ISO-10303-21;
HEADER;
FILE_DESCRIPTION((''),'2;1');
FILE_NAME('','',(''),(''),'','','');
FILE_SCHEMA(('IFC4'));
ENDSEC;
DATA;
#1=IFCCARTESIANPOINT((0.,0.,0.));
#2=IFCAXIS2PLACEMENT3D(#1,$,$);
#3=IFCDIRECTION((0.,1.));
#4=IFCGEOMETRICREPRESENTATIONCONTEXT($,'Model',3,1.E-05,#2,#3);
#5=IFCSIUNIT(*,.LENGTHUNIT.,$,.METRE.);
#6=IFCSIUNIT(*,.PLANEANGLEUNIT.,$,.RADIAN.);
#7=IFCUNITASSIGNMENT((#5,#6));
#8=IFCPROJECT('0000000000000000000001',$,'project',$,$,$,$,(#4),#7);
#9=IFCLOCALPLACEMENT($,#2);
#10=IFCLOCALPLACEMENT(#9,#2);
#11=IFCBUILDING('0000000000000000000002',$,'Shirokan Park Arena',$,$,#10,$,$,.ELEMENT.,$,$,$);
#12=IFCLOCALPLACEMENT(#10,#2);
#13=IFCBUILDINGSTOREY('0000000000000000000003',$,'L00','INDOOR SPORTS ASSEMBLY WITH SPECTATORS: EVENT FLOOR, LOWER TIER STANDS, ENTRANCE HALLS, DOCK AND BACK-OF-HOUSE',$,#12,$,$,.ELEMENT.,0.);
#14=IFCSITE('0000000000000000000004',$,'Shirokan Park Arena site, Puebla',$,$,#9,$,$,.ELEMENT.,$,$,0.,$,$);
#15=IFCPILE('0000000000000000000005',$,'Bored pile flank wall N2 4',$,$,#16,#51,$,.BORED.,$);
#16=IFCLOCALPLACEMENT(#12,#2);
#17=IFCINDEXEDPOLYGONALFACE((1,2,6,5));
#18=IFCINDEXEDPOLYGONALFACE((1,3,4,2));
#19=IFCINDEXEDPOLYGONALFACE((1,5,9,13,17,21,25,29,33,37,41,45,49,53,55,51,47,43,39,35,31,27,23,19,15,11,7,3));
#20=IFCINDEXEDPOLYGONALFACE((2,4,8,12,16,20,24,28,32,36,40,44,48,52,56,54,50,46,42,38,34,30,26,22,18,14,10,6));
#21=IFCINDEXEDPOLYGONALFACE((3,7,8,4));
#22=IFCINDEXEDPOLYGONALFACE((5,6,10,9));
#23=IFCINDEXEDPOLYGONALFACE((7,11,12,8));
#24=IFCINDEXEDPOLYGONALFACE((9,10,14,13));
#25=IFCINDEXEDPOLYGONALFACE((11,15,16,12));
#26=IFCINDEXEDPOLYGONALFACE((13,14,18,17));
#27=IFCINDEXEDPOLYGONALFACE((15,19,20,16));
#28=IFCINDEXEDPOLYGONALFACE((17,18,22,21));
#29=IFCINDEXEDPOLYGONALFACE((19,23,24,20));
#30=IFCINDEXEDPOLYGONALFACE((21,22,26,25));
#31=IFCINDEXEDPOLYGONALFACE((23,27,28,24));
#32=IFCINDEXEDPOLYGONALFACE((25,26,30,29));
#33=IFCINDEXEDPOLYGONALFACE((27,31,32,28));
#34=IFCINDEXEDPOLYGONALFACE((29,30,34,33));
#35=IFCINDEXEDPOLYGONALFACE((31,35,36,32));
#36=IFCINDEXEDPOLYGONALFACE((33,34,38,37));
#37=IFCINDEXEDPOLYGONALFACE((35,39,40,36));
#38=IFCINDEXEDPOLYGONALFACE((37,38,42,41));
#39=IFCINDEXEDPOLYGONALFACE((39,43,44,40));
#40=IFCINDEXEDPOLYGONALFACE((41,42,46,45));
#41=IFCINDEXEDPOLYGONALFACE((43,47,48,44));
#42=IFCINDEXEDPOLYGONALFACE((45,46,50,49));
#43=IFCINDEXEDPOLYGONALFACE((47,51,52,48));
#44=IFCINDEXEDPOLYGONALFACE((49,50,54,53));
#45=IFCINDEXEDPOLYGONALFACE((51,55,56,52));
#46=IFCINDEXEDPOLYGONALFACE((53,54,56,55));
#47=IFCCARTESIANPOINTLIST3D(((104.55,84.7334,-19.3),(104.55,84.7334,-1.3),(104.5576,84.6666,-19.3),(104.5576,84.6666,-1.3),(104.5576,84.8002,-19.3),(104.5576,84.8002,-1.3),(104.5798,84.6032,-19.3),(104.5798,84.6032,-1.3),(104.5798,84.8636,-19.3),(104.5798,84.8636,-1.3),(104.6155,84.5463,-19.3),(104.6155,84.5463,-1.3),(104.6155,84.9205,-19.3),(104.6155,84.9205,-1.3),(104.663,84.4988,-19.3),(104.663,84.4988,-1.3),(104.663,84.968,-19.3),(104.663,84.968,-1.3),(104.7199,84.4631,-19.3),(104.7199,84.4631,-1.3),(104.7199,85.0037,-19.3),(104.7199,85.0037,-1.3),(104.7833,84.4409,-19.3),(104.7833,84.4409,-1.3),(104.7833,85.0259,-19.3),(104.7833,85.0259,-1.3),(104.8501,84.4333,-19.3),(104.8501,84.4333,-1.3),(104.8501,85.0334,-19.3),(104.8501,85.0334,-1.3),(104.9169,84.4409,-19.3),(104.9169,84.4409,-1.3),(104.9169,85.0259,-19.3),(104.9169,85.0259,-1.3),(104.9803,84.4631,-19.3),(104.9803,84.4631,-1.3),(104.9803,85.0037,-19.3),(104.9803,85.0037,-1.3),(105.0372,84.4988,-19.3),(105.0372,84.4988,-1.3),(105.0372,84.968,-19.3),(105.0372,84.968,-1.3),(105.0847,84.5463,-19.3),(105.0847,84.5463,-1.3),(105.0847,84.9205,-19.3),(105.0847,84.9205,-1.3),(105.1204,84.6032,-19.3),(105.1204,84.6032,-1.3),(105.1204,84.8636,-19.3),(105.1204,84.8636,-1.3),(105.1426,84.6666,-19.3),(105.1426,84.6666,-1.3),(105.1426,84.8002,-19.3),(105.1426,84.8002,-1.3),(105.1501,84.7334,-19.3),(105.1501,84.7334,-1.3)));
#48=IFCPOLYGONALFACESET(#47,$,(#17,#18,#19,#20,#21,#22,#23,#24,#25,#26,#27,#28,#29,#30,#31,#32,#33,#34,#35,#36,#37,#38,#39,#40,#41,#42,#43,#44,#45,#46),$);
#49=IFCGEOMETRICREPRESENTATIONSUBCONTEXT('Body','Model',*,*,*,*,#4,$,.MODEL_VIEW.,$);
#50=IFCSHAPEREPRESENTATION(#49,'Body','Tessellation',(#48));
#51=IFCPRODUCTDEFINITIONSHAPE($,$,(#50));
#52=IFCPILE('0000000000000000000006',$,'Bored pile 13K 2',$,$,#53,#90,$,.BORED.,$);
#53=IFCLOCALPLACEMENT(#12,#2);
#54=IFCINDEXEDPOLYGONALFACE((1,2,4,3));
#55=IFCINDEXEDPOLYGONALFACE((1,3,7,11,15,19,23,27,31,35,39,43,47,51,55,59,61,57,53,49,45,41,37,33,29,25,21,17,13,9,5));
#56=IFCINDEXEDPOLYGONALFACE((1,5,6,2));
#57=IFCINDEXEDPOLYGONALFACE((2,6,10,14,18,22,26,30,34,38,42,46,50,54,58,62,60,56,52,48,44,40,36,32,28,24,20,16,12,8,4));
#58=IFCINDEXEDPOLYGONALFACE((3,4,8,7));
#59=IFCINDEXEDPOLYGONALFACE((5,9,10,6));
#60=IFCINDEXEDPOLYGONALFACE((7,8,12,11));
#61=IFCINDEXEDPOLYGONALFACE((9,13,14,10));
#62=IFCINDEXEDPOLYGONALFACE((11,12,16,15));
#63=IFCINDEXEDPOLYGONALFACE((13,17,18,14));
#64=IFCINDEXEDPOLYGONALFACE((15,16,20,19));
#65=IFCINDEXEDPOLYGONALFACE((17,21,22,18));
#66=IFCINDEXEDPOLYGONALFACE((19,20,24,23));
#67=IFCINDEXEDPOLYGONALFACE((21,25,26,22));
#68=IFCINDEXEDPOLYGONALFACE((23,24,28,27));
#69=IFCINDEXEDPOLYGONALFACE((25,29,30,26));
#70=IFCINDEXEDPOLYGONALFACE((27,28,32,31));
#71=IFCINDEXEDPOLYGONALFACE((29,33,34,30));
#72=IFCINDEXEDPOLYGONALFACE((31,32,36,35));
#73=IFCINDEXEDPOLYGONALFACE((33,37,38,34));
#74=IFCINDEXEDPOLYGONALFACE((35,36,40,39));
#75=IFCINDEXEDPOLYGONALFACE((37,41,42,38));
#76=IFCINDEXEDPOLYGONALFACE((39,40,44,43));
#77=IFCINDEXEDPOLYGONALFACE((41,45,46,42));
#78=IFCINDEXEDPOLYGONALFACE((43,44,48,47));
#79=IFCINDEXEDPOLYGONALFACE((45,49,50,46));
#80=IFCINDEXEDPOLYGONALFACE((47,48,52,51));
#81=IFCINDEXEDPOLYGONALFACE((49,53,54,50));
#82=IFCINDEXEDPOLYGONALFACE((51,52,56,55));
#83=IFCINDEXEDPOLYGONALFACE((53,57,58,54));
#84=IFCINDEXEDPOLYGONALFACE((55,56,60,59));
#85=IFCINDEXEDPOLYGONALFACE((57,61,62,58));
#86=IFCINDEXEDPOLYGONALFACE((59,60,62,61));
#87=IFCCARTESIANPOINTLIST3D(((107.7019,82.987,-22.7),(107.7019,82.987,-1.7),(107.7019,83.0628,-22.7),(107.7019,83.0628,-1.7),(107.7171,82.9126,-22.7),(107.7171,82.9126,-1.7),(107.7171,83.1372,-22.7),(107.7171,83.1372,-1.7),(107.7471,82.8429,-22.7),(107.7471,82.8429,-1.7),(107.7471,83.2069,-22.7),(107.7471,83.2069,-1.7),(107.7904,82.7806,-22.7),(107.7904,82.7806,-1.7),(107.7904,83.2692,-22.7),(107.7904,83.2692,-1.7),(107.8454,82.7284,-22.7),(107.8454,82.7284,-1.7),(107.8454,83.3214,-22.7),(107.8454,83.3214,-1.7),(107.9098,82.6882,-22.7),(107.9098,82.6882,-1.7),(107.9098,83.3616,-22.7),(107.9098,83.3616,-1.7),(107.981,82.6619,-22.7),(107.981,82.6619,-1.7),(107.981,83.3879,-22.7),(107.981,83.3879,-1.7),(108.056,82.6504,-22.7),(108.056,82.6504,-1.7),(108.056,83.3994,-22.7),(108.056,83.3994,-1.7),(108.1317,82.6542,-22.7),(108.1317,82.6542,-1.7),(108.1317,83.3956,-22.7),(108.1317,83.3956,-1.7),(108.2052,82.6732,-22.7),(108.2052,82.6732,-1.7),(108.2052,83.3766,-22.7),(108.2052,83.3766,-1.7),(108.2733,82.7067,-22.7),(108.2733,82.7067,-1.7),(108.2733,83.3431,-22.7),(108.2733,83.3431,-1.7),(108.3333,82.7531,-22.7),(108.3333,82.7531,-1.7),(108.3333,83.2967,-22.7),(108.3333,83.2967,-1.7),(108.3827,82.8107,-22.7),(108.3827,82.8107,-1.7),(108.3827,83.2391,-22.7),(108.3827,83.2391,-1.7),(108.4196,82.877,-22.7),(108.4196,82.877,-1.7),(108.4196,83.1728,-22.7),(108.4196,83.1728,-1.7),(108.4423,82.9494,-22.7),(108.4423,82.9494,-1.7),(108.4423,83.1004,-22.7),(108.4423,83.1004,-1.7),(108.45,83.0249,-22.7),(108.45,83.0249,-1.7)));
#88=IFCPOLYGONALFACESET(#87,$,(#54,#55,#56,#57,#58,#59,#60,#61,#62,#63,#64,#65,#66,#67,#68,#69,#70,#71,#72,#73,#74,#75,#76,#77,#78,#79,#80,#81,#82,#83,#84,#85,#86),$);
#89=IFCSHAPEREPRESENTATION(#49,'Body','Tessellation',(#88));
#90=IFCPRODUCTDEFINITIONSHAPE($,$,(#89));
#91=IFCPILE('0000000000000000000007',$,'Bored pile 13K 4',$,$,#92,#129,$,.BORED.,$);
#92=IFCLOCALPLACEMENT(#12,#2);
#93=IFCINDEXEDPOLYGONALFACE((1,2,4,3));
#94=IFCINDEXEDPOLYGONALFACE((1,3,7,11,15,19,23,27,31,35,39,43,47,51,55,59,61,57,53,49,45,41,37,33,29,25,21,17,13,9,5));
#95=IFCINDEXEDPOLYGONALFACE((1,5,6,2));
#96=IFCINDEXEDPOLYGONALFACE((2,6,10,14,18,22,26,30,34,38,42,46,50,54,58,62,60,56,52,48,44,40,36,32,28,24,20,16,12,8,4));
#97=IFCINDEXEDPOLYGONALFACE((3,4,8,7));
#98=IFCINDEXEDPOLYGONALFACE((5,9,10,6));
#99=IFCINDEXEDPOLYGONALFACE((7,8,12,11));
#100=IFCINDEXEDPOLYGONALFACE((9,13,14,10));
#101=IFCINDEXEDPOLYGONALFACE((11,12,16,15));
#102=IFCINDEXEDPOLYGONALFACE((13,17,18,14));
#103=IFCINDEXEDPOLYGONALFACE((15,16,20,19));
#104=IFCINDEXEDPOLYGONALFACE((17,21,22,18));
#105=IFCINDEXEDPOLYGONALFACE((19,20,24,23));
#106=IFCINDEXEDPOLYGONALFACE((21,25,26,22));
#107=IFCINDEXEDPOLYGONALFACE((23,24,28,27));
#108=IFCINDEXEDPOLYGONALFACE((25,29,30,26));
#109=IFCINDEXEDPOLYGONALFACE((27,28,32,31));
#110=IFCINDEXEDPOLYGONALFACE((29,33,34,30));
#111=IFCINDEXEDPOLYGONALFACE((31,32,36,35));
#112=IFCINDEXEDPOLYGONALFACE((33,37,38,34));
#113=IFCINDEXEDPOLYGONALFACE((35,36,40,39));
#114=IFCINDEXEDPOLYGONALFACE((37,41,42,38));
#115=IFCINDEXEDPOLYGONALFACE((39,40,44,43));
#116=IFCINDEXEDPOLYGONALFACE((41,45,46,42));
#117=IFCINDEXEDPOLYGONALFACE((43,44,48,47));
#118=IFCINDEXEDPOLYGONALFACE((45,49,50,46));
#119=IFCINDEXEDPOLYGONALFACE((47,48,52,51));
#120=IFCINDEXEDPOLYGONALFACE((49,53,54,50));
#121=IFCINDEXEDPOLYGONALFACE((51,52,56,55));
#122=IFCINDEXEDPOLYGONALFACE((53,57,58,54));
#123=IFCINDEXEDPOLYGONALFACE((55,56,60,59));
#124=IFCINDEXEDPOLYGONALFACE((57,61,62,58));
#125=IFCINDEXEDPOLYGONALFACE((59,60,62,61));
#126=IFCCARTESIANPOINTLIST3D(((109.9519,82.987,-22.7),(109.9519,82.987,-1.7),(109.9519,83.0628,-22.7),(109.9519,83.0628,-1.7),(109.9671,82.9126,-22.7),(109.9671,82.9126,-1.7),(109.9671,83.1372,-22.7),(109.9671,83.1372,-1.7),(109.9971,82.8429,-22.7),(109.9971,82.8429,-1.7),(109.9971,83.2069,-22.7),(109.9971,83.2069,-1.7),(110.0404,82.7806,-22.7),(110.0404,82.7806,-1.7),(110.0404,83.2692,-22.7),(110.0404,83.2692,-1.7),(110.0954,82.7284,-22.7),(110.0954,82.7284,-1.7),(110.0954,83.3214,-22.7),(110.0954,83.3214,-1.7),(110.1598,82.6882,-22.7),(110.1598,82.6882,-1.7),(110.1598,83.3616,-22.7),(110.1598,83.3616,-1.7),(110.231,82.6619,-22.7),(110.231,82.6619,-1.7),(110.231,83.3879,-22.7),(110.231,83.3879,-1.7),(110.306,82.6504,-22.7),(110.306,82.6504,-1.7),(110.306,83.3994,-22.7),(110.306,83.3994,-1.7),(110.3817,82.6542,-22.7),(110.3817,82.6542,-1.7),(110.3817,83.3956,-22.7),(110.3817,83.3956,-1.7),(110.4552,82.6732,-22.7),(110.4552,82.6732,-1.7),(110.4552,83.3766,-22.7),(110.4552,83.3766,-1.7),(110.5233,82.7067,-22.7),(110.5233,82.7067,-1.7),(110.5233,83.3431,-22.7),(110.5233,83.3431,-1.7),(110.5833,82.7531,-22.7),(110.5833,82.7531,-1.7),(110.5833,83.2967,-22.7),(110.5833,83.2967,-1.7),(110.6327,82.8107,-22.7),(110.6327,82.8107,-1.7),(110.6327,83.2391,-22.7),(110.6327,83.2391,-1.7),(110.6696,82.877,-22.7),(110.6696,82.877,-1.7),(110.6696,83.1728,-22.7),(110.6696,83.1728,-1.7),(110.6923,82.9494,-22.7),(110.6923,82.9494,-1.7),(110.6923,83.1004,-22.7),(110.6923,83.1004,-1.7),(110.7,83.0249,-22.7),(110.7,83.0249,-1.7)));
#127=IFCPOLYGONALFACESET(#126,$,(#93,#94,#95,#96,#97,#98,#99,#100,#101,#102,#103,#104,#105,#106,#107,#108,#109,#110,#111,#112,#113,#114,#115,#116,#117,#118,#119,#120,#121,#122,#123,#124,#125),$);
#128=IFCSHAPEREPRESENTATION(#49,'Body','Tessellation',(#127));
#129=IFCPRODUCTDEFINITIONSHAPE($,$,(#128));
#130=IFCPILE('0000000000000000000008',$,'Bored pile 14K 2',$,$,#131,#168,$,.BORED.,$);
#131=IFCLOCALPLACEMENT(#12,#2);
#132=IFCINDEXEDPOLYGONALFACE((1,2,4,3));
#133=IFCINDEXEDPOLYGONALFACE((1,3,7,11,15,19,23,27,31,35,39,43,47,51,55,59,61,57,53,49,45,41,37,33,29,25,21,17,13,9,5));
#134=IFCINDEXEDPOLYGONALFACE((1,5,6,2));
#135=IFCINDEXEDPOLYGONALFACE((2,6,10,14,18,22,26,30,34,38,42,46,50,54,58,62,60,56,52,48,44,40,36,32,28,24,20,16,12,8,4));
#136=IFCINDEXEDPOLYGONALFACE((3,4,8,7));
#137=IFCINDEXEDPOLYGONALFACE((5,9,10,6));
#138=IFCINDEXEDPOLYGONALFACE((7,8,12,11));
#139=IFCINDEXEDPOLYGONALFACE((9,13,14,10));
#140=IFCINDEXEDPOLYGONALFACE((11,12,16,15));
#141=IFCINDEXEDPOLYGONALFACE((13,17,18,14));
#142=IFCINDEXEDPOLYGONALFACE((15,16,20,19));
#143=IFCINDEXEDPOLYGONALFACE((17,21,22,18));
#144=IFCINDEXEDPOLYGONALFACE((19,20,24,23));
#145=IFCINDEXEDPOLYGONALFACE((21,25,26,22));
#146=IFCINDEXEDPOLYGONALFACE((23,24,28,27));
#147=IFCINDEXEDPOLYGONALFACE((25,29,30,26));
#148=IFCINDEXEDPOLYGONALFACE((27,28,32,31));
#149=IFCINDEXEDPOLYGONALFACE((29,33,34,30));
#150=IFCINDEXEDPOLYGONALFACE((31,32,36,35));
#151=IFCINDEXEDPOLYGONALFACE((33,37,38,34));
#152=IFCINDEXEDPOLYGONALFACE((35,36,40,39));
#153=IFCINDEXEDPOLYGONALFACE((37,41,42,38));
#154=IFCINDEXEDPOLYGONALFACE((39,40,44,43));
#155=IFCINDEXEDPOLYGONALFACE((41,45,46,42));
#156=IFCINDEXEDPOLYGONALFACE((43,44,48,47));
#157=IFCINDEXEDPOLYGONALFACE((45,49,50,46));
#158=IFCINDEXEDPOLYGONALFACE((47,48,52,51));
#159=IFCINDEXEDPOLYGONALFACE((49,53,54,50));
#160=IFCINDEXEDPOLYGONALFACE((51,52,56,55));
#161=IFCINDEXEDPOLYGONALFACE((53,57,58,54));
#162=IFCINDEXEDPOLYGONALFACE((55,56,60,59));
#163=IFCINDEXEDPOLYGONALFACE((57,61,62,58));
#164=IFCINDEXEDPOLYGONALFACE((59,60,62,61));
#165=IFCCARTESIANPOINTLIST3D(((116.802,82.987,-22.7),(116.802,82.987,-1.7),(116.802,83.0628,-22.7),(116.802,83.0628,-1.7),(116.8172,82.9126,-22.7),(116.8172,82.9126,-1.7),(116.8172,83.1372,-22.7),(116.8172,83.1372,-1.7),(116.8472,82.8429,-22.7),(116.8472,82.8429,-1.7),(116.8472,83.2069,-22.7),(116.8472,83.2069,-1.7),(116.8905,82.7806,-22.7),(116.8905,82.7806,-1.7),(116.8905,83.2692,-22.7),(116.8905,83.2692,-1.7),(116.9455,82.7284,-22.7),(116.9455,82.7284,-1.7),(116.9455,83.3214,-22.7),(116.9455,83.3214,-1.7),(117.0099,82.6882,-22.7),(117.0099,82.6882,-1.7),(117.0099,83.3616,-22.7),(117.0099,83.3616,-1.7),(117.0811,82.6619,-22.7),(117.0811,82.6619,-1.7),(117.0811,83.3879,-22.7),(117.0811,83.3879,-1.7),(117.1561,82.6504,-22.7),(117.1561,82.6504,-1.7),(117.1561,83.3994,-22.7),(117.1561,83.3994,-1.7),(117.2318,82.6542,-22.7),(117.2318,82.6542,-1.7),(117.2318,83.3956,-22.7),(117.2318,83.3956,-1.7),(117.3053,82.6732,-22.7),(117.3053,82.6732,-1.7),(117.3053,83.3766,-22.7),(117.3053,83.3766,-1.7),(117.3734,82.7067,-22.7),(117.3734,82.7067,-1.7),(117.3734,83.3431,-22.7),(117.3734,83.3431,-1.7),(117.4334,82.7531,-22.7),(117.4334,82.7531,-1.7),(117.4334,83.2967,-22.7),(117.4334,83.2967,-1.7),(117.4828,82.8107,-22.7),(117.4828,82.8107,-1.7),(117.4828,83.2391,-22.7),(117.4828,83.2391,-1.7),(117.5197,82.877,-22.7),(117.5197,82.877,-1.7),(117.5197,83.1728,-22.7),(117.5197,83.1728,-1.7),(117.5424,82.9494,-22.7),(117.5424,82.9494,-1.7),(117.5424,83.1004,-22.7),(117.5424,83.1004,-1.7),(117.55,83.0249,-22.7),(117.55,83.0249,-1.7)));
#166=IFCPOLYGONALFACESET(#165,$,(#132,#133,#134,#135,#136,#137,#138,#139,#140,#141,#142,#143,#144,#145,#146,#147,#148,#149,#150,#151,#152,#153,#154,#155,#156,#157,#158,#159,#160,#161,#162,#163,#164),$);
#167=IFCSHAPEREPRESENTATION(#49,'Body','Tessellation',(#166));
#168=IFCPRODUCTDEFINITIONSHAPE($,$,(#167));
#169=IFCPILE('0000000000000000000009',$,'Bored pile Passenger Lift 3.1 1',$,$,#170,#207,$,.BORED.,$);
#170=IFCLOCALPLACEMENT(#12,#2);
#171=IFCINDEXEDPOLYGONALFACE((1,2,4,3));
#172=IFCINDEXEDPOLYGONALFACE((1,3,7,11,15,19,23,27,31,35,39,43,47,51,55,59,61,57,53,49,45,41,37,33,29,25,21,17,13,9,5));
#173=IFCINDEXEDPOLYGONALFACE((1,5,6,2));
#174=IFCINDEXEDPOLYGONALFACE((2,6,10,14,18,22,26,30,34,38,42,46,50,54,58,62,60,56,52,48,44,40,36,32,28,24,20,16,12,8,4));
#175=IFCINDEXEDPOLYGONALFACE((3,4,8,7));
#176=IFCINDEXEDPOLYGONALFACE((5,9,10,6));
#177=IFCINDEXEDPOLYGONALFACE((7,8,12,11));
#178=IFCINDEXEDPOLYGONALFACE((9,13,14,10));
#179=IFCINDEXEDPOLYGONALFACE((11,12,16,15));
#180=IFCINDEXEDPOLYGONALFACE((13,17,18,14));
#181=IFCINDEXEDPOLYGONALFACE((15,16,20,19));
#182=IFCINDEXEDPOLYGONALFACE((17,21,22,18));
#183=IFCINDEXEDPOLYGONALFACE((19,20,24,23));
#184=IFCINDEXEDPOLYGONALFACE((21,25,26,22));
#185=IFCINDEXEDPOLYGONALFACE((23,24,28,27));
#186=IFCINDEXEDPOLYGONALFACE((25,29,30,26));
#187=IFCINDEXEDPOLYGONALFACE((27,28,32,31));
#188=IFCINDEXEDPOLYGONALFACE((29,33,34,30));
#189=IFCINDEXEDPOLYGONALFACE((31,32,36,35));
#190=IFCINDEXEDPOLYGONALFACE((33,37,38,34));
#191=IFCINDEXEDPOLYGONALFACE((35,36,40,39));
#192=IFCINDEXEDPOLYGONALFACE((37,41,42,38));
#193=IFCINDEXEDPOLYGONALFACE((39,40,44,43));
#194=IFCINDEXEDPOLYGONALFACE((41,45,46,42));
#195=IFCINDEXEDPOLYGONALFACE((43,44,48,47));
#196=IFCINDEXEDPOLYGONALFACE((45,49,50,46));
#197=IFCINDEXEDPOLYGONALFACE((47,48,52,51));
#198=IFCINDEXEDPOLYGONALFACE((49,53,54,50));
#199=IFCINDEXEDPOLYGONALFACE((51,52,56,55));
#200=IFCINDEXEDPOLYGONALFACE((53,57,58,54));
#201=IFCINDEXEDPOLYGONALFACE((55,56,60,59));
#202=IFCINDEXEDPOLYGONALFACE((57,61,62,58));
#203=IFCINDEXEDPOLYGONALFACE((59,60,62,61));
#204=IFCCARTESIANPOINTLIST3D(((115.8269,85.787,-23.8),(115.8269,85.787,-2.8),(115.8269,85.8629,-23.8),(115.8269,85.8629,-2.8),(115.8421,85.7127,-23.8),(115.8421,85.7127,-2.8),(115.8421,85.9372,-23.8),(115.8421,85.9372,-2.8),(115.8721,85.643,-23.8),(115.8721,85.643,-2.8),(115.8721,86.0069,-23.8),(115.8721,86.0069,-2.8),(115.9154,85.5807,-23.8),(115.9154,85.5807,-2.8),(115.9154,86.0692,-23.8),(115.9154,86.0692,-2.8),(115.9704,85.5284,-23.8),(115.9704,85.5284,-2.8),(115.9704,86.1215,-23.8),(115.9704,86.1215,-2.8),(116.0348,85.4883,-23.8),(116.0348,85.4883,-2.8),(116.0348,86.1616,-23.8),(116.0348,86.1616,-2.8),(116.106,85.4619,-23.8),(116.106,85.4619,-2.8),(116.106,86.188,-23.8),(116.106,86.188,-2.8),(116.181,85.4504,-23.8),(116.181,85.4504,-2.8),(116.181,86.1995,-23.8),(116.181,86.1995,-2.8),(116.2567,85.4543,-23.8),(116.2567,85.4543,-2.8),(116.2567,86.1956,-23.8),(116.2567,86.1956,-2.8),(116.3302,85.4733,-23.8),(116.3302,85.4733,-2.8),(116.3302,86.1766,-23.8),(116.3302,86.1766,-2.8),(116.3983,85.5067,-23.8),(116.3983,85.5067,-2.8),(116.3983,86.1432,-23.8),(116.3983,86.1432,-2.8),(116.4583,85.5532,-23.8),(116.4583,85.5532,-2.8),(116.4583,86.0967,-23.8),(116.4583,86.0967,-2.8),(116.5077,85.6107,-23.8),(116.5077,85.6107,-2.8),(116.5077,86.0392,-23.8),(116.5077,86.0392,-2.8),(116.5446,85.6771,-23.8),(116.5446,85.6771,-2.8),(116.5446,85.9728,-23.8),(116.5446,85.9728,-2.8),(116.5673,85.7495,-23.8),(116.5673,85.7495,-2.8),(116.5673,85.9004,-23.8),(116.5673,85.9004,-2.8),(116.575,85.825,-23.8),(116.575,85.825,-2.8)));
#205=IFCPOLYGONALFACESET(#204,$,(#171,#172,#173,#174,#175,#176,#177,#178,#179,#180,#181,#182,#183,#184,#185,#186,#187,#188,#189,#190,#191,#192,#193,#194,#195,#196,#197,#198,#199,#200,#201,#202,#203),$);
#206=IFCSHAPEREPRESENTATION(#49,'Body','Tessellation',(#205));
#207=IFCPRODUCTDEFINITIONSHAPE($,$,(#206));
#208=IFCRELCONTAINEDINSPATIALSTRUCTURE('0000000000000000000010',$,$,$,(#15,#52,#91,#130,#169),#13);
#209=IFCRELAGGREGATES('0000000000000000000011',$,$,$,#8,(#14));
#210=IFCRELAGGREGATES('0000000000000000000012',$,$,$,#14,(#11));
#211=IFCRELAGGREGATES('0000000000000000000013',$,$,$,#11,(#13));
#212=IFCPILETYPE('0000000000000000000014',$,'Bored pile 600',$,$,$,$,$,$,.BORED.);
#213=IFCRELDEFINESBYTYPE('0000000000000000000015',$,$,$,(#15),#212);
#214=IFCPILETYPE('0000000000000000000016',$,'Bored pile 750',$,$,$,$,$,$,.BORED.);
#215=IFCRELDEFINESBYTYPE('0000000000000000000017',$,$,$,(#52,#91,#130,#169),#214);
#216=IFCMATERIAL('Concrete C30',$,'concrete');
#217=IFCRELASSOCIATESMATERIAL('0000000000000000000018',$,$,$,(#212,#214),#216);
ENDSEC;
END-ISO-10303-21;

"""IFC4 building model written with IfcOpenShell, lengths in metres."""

from ifc_helpers import new_model, si_unit, direction, frame, origin, origin_2d, place, context, subcontext, project, spatial, circle, extrude, material, material_profile, profile_set, type_object, element, save


model = new_model("IFC4")

# Units and contexts
model_context = context("Model", 3, precision=1e-05, world=origin(), true_north=direction((0.0, 1.0)))
body_context = subcontext(model_context, "Body", "Model", "MODEL_VIEW")
ifc_project = project(units=[si_unit("LENGTHUNIT", "METRE"), si_unit("PLANEANGLEUNIT", "RADIAN")], contexts=[model_context])

# Site, building, storey
site_placement = place(None, origin())
site = spatial("IfcSite", under=ifc_project, at=site_placement, Name="Shirokan Park Arena site, Puebla", CompositionType="ELEMENT", RefElevation=0.0)
building_placement = place(site_placement, origin())
building = spatial("IfcBuilding", under=site, at=building_placement, Name="Shirokan Park Arena", CompositionType="ELEMENT")
storey_placement = place(building_placement, origin())
storey = spatial("IfcBuildingStorey", under=building, at=storey_placement, Name="L00", Description="INDOOR SPORTS ASSEMBLY WITH SPECTATORS: EVENT FLOOR, LOWER TIER STANDS, ENTRANCE HALLS, DOCK AND BACK-OF-HOUSE", CompositionType="ELEMENT", Elevation=0.0)

# Piles
ifc_material_1 = material(Name="Concrete C30", Category="concrete")
ifc_material_profile_1 = material_profile(ifc_material_1, circle(Radius=0.3, at=origin_2d()), Name="D600")
ifc_profile_set_1 = profile_set([ifc_material_profile_1], Name="Concrete C30")
pile_type_1 = type_object("IfcPileType", Name="Bored pile 600", PredefinedType="BORED", material=ifc_profile_set_1)
pile_placement = place(storey_placement, frame((104.8501, 84.7334, -1.3), z_axis=(0.0, 0.0, -1.0), x_axis=(1.0, 0.0, 0.0)))
element("IfcPile", 1, at=pile_placement, inside=storey, type_object=pile_type_1, Name="Bored pile flank wall N2 4", PredefinedType="BORED", context=body_context, shape_type="SweptSolid", body=[
    extrude(circle(Radius=0.3, at=origin_2d()), origin(), (0.0, 0.0, 1.0), 18.0),
])
ifc_material_profile_2 = material_profile(ifc_material_1, circle(Radius=0.375, at=origin_2d()), Name="D750")
ifc_profile_set_2 = profile_set([ifc_material_profile_2], Name="Concrete C30")
pile_type_2 = type_object("IfcPileType", Name="Bored pile 750", PredefinedType="BORED", material=ifc_profile_set_2)
for number, where, z_axis, x_axis, name in (
    (2, (108.075, 83.0249, -1.7), (0.0, 0.0, -1.0), (1.0, 0.0, 0.0), "Bored pile 13K 2"),
    (3, (110.325, 83.0249, -1.7), (0.0, 0.0, -1.0), (1.0, 0.0, 0.0), "Bored pile 13K 4"),
    (4, (117.175, 83.0249, -1.7), (0.0, 0.0, -1.0), (1.0, 0.0, 0.0), "Bored pile 14K 2"),
    (5, (116.2, 85.825, -2.8), (0.0, 0.0, -1.0), (1.0, 0.0, 0.0), "Bored pile Passenger Lift 3.1 1"),
):
    element("IfcPile", number, at=place(storey_placement, frame(where, z_axis=z_axis, x_axis=x_axis)), inside=storey, type_object=pile_type_2, Name=name, PredefinedType="BORED", context=body_context, shape_type="SweptSolid", body=[
        extrude(circle(Radius=0.375, at=origin_2d()), origin(), (0.0, 0.0, 1.0), 21.0),
    ])

save(model, "model.ifc")
